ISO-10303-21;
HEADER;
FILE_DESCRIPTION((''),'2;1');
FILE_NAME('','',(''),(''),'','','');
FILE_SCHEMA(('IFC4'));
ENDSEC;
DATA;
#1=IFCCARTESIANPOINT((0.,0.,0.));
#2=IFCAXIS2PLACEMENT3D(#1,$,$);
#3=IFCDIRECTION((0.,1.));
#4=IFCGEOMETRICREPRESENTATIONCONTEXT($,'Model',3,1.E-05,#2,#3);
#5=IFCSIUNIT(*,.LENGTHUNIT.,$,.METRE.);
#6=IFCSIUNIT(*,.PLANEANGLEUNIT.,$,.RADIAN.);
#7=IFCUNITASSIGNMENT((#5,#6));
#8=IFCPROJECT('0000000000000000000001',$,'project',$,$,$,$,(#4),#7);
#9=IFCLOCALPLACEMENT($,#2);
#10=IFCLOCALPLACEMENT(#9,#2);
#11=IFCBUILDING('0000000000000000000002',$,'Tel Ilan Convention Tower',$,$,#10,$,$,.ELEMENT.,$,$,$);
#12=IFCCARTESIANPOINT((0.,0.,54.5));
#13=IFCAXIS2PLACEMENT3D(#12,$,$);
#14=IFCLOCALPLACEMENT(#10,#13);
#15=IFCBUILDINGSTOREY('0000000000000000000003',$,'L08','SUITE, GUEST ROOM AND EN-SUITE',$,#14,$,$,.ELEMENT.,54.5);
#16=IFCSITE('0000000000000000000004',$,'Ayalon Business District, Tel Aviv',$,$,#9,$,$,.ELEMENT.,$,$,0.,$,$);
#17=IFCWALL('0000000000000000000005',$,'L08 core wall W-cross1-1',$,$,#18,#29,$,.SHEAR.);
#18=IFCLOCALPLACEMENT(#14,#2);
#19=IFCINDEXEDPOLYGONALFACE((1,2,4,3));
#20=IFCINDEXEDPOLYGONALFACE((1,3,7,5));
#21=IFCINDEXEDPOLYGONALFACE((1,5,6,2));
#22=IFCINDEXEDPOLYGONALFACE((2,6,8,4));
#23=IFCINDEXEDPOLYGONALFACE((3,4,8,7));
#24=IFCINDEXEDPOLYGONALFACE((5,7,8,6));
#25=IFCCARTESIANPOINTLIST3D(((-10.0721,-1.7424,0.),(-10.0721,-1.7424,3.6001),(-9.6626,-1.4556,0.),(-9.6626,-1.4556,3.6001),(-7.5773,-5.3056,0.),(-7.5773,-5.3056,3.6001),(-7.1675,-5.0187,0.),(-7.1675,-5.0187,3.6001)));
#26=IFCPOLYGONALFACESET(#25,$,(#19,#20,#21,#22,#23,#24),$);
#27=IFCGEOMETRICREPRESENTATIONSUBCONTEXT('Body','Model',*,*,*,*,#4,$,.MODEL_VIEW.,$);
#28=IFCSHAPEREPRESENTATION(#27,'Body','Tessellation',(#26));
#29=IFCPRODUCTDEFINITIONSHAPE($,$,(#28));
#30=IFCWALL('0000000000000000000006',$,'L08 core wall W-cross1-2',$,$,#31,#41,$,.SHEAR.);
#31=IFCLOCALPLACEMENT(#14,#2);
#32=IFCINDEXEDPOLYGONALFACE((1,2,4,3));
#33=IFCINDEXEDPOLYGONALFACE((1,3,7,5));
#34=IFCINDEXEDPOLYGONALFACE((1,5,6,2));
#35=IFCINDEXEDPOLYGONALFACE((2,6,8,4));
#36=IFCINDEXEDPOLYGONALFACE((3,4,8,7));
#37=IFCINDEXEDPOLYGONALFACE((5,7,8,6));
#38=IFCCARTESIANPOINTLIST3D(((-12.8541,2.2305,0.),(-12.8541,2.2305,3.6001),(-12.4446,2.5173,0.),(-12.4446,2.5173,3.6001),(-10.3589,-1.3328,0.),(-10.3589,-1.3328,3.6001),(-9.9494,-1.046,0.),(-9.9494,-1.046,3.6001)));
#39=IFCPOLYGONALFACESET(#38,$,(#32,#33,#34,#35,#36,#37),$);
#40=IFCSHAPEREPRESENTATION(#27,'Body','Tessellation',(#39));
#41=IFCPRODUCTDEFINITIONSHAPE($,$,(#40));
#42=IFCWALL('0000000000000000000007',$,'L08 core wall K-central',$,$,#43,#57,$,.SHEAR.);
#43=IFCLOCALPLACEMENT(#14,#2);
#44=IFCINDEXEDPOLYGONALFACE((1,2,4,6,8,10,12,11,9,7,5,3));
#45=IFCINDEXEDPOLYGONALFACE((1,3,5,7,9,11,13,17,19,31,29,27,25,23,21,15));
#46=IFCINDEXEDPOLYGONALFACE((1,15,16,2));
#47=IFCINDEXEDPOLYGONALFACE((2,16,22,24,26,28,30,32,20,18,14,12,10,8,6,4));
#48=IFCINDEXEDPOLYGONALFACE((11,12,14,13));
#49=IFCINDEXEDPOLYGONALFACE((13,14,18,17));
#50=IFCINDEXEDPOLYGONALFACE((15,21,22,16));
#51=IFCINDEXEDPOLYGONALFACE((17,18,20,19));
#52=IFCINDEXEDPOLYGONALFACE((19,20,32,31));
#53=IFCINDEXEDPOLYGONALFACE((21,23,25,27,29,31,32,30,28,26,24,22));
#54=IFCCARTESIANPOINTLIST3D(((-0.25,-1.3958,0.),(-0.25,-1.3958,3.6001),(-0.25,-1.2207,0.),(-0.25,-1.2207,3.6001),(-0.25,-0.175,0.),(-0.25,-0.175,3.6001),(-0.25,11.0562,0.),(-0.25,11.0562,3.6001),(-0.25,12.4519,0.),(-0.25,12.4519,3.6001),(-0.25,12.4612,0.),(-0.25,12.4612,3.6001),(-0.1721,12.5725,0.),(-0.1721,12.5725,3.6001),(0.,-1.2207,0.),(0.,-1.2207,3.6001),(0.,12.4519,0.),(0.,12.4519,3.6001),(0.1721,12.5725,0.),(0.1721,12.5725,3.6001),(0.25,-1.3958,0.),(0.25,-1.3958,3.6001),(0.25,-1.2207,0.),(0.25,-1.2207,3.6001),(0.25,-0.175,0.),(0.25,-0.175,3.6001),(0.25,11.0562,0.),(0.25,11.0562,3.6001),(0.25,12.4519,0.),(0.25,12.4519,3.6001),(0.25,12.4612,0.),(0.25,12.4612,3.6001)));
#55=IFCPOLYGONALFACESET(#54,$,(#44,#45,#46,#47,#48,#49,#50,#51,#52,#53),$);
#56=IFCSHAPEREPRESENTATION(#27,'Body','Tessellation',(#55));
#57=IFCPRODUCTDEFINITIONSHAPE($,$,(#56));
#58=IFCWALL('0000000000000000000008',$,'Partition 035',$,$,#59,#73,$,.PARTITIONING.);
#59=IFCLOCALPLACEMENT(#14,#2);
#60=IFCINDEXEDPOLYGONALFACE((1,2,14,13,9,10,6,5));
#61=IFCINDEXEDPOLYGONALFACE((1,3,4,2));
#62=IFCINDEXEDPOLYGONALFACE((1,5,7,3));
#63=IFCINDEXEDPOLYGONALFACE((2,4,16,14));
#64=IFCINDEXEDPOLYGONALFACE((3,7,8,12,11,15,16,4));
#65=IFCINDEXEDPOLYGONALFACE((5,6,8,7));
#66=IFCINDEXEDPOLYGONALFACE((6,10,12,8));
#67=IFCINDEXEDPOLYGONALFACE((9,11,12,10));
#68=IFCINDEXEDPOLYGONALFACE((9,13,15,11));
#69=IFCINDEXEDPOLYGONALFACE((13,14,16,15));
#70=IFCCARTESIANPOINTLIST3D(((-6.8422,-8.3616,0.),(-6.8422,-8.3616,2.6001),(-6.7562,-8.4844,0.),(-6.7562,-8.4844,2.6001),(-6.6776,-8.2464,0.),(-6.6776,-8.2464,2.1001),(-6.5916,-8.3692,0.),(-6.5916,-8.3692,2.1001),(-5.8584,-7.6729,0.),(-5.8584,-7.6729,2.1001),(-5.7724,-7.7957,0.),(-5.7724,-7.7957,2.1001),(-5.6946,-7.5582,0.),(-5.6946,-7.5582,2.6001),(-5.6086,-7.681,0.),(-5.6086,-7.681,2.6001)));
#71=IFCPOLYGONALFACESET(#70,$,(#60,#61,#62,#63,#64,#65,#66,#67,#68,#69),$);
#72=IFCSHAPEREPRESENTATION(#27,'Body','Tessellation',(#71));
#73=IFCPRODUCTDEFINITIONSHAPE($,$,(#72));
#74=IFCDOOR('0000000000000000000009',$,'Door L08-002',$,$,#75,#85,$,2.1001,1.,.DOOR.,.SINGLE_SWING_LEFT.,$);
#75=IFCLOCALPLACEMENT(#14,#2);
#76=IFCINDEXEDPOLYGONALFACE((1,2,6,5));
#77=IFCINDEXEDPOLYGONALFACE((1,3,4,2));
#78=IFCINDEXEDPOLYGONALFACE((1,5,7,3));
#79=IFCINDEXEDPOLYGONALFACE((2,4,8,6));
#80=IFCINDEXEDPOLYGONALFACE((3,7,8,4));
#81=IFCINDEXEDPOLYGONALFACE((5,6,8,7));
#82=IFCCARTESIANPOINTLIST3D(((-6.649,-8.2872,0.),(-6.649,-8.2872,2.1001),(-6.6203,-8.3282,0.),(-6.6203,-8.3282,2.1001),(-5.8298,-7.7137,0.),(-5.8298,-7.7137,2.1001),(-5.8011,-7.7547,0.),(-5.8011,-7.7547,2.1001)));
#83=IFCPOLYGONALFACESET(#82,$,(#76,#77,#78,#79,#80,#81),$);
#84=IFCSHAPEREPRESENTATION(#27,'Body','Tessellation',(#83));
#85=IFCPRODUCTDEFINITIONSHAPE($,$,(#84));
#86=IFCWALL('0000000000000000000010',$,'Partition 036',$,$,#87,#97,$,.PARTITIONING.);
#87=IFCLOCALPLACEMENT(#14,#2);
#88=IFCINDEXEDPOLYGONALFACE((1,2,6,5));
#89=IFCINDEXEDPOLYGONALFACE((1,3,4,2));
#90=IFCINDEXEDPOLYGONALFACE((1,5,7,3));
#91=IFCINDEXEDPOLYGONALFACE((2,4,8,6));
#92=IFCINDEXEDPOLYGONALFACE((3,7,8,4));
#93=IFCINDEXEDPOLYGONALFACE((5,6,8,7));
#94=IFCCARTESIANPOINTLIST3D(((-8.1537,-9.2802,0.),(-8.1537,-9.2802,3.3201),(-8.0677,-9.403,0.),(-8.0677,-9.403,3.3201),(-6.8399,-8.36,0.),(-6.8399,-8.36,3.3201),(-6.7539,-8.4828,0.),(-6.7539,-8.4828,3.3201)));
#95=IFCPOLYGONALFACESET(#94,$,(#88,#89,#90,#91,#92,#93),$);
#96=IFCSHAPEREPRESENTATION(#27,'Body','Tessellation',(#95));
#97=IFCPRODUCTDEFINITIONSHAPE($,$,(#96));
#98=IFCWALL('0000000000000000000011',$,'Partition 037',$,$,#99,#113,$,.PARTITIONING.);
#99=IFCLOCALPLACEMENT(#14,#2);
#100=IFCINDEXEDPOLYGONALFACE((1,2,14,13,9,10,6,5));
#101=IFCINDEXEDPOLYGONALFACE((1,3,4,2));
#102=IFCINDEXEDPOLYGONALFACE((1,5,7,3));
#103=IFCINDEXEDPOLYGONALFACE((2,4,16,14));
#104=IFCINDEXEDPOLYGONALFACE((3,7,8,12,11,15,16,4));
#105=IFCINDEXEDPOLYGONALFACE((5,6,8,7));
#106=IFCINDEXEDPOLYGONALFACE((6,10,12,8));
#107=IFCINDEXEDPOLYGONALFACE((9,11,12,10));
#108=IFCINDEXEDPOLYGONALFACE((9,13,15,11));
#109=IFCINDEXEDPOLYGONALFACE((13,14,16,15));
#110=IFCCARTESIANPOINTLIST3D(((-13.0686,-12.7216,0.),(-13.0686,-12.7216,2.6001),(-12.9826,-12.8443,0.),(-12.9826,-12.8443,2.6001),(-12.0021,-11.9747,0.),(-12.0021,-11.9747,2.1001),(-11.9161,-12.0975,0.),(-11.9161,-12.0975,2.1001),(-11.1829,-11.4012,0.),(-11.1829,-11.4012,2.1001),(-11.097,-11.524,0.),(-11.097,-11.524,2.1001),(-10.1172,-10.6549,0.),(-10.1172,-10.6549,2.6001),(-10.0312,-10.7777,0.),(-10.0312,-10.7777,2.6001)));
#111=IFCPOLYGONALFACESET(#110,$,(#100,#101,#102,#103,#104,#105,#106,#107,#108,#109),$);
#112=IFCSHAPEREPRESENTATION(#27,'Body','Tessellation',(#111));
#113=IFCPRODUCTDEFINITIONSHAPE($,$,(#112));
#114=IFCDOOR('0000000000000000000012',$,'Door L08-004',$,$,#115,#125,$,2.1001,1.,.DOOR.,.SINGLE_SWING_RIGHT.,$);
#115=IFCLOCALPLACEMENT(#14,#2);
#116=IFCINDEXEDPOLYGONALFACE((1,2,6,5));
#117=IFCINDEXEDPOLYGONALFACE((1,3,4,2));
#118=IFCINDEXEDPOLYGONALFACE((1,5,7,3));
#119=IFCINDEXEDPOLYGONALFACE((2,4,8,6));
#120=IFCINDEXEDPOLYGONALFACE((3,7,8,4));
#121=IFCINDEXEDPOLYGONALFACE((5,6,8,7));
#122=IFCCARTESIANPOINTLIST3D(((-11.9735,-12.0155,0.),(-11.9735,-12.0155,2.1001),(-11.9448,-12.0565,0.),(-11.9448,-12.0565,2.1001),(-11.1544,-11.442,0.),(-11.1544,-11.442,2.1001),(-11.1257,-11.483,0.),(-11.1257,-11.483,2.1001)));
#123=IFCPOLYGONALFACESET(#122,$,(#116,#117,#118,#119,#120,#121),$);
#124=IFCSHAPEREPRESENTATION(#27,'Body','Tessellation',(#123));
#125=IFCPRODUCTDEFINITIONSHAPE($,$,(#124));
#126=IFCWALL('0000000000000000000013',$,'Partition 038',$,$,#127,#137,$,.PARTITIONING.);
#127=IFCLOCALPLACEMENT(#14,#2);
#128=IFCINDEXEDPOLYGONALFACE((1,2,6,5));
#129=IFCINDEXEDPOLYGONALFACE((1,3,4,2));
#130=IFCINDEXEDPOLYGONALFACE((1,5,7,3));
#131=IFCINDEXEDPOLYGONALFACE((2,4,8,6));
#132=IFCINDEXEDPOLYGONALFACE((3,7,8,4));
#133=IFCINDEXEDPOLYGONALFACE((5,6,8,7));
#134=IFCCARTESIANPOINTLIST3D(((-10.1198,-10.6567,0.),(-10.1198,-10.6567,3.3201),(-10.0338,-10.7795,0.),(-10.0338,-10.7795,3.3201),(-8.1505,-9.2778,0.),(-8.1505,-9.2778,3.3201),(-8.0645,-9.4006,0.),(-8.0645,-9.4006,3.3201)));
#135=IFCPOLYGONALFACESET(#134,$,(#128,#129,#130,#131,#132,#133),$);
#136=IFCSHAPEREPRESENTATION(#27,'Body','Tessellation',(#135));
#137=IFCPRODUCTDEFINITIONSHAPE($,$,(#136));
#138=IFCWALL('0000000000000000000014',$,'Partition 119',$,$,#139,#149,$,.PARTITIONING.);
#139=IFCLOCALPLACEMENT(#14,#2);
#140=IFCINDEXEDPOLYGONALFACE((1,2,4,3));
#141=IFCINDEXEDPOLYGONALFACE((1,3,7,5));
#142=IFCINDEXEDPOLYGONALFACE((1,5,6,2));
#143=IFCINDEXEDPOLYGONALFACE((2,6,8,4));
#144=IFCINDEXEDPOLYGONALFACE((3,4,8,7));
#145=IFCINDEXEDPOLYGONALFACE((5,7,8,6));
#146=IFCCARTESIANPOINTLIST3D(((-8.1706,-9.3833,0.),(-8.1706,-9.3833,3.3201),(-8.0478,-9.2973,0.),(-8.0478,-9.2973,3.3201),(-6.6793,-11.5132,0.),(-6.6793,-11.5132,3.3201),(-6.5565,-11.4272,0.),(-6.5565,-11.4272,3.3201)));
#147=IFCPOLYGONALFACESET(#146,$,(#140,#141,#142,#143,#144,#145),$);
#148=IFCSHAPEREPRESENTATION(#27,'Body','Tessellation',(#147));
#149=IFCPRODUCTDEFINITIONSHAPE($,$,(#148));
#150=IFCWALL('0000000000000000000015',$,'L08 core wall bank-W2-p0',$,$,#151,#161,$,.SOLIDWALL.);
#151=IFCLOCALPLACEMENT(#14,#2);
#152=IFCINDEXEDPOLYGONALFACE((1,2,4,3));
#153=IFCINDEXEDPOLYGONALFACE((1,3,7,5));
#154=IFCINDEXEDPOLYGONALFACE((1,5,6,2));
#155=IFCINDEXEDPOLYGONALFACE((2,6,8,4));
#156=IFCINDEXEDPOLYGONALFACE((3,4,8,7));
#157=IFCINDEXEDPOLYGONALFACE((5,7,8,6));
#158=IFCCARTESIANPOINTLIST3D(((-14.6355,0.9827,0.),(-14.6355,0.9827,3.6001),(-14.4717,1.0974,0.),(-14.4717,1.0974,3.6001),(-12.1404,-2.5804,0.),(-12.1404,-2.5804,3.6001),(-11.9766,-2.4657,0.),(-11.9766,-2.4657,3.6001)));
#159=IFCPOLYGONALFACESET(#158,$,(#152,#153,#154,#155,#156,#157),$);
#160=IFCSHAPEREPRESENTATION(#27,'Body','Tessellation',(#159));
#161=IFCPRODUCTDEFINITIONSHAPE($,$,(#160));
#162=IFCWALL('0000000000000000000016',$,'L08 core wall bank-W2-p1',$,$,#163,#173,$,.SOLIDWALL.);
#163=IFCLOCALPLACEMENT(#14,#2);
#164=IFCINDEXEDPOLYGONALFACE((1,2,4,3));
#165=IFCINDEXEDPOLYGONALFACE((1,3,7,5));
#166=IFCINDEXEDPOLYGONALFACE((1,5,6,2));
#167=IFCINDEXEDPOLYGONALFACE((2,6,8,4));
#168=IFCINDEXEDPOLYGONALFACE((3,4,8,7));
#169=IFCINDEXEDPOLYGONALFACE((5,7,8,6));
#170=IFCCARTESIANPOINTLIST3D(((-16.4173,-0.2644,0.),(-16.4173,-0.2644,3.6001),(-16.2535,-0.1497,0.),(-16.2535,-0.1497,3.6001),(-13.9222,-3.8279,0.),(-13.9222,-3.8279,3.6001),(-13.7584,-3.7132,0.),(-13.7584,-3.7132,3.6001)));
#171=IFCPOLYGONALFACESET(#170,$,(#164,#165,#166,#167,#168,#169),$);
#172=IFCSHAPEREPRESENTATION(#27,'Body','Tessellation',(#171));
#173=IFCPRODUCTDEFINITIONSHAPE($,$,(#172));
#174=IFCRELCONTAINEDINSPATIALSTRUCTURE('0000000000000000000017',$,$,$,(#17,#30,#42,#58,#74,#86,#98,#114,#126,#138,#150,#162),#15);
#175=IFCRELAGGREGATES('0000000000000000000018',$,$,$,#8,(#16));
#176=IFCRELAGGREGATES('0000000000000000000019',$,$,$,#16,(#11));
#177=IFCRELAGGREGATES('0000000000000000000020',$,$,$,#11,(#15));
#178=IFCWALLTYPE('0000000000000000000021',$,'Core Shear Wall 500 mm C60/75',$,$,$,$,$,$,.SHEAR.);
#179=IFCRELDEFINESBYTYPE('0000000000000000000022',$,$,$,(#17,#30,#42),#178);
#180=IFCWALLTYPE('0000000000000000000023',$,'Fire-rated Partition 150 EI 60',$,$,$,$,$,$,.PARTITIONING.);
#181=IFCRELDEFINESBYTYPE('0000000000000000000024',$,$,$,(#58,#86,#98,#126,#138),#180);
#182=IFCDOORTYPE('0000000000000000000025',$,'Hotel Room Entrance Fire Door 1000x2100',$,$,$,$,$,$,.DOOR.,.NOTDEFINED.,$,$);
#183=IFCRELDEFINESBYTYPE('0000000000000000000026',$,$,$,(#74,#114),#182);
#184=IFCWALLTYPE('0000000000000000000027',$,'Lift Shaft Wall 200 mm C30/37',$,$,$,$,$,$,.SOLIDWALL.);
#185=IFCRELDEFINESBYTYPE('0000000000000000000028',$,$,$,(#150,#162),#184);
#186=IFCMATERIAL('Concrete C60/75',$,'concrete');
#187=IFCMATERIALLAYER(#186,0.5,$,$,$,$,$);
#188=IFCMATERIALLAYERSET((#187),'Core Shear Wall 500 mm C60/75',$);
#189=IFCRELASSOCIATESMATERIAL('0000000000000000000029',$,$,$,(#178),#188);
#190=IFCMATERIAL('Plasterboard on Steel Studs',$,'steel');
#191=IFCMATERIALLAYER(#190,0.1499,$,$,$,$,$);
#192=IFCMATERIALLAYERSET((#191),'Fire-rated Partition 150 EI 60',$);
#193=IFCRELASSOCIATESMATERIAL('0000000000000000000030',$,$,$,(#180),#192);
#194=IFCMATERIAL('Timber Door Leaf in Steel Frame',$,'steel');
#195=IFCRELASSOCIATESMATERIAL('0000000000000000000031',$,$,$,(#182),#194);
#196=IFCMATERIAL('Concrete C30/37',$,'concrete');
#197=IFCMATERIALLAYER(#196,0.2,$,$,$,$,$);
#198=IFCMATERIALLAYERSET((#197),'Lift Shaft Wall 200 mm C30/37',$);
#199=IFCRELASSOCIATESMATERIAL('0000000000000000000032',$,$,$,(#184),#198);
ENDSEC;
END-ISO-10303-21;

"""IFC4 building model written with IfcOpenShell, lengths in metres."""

from ifc_helpers import new_model, si_unit, direction, frame, frame_2d, origin, place, context, subcontext, project, spatial, polyline, rectangle, outline, extrude, material, layer, layer_set, type_object, element, fill, save


model = new_model("IFC4")

# Units and contexts
model_context = context("Model", 3, precision=1e-05, world=origin(), true_north=direction((0.0, 1.0)))
body_context = subcontext(model_context, "Body", "Model", "MODEL_VIEW")
ifc_project = project(units=[si_unit("LENGTHUNIT", "METRE"), si_unit("PLANEANGLEUNIT", "RADIAN")], contexts=[model_context])

# Site, building, storey
site_placement = place(None, origin())
site = spatial("IfcSite", under=ifc_project, at=site_placement, Name="Ayalon Business District, Tel Aviv", CompositionType="ELEMENT", RefElevation=0.0)
building_placement = place(site_placement, origin())
building = spatial("IfcBuilding", under=site, at=building_placement, Name="Tel Ilan Convention Tower", CompositionType="ELEMENT")
storey_placement = place(building_placement, frame((0.0, 0.0, 54.5)))
storey = spatial("IfcBuildingStorey", under=building, at=storey_placement, Name="L08", Description="SUITE, GUEST ROOM AND EN-SUITE", CompositionType="ELEMENT", Elevation=54.5)

# Walls
ifc_material_1 = material(Name="Concrete C60/75", Category="concrete")
ifc_layer_1 = layer(ifc_material_1, 0.5)
ifc_layer_set_1 = layer_set([ifc_layer_1], Name="Core Shear Wall 500 mm C60/75")
wall_type_1 = type_object("IfcWallType", Name="Core Shear Wall 500 mm C60/75", PredefinedType="SHEAR", material=ifc_layer_set_1)
wall_1_placement = place(storey_placement, frame((-7.3723, -5.1621, 0.0), z_axis=(0.0, 0.0, 1.0), x_axis=(-0.573594, 0.81914, 0.0)))
element("IfcWall", 1, at=wall_1_placement, inside=storey, type_object=wall_type_1, Name="L08 core wall W-cross1-1", PredefinedType="SHEAR", context=body_context, shape_type="SweptSolid", body=[
    extrude(outline(polyline([(4.3499, 0.25), (0.0, 0.2502), (0.0, -0.25), (4.3499, -0.25), (4.3499, 0.25)])), origin(), (0.0, 0.0, 1.0), 3.6001),
])
wall_2_placement = place(storey_placement, frame((-10.1543, -1.1892, 0.0), z_axis=(0.0, 0.0, 1.0), x_axis=(-0.573594, 0.81914, 0.0)))
element("IfcWall", 2, at=wall_2_placement, inside=storey, type_object=wall_type_1, Name="L08 core wall W-cross1-2", PredefinedType="SHEAR", context=body_context, shape_type="SweptSolid", body=[
    extrude(outline(polyline([(4.3499, -0.25), (4.3499, 0.25), (-0.0002, 0.25), (-0.0002, -0.25), (4.3499, -0.25)])), origin(), (0.0, 0.0, 1.0), 3.6001),
])
wall_3_placement = place(storey_placement, frame((0.0, -1.3958, 0.0), z_axis=(0.0, 0.0, 1.0), x_axis=(0.0, 1.0, 0.0)))
element("IfcWall", 3, at=wall_3_placement, inside=storey, type_object=wall_type_1, Name="L08 core wall K-central", PredefinedType="SHEAR", context=body_context, shape_type="SweptSolid", body=[
    extrude(outline(polyline([(0.0, -0.25), (0.175, -0.25), (1.2207, -0.25), (12.4519, -0.25), (13.8477, -0.25), (13.8569, -0.25), (13.9683, -0.1721), (13.8477, 0.0), (13.9683, 0.1721), (13.8569, 0.25), (13.8477, 0.25), (12.4519, 0.25), (1.2207, 0.25), (0.175, 0.25), (0.0, 0.25), (0.175, 0.0), (0.0, -0.25)])), origin(), (0.0, 0.0, 1.0), 3.6001),
])

# Wall, opening, door
ifc_material_2 = material(Name="Plasterboard on Steel Studs", Category="steel")
ifc_layer_2 = layer(ifc_material_2, 0.1499)
ifc_layer_set_2 = layer_set([ifc_layer_2], Name="Fire-rated Partition 150 EI 60")
wall_type_2 = type_object("IfcWallType", Name="Fire-rated Partition 150 EI 60", PredefinedType="PARTITIONING", material=ifc_layer_set_2)
wall_4_placement = place(storey_placement, frame((-5.6516, -7.6196, 0.0), z_axis=(0.0, 0.0, 1.0), x_axis=(-0.819207, -0.573497, 0.0)))
wall_4 = element("IfcWall", 4, at=wall_4_placement, inside=storey, type_object=wall_type_2, Name="Partition 035", PredefinedType="PARTITIONING", context=body_context, shape_type="SweptSolid", body=[
    extrude(rectangle(XDim=1.4009, YDim=0.1499, at=frame_2d((0.7004, 0.0))), origin(), (0.0, 0.0, 1.0), 2.6001),
])
opening_1_placement = place(wall_4_placement, frame((0.2, 0.0, 0.0)))
opening_1 = element("IfcOpeningElement", 5, at=opening_1_placement, cuts=wall_4, PredefinedType="OPENING", context=body_context, shape_type="SweptSolid", body=[
    extrude(rectangle(XDim=1.0, YDim=2.1001, at=frame_2d((0.5, 1.05))), frame((0.0, 0.085, 0.0), z_axis=(0.0, -1.0, 0.0), x_axis=(1.0, 0.0, 0.0)), (0.0, 0.0, 1.0), 0.1699),
])
ifc_material_3 = material(Name="Timber Door Leaf in Steel Frame", Category="steel")
door_type_1 = type_object("IfcDoorType", Name="Hotel Room Entrance Fire Door 1000x2100", OperationType="NOTDEFINED", PredefinedType="DOOR", material=ifc_material_3)
door_1_placement = place(opening_1_placement, origin())
door_1 = element("IfcDoor", 6, at=door_1_placement, inside=storey, type_object=door_type_1, Name="Door L08-002", OperationType="SINGLE_SWING_LEFT", OverallHeight=2.1001, OverallWidth=1.0, PredefinedType="DOOR", context=body_context, shape_type="SweptSolid", body=[
    extrude(rectangle(XDim=1.0, YDim=2.1001, at=frame_2d((0.5, 1.05))), frame((0.0, 0.0249, 0.0), z_axis=(0.0, -1.0, 0.0), x_axis=(1.0, 0.0, 0.0)), (0.0, 0.0, 1.0), 0.05),
])
fill(opening_1, door_1)

# Wall
wall_5_placement = place(storey_placement, frame((-6.7969, -8.4214, 0.0), z_axis=(0.0, 0.0, 1.0), x_axis=(-0.819067, -0.573697, 0.0)))
element("IfcWall", 7, at=wall_5_placement, inside=storey, type_object=wall_type_2, Name="Partition 036", PredefinedType="PARTITIONING", context=body_context, shape_type="SweptSolid", body=[
    extrude(rectangle(XDim=1.604, YDim=0.1499, at=frame_2d((0.802, 0.0))), origin(), (0.0, 0.0, 1.0), 3.3201),
])

# Wall, opening, door
wall_6_placement = place(storey_placement, frame((-10.0742, -10.7163, 0.0), z_axis=(0.0, 0.0, 1.0), x_axis=(-0.819146, -0.573585, 0.0)))
wall_6 = element("IfcWall", 8, at=wall_6_placement, inside=storey, type_object=wall_type_2, Name="Partition 037", PredefinedType="PARTITIONING", context=body_context, shape_type="SweptSolid", body=[
    extrude(rectangle(XDim=3.603, YDim=0.1499, at=frame_2d((1.8015, 0.0))), origin(), (0.0, 0.0, 1.0), 2.6001),
])
opening_2_placement = place(wall_6_placement, frame((1.301, 0.0, 0.0)))
opening_2 = element("IfcOpeningElement", 9, at=opening_2_placement, cuts=wall_6, PredefinedType="OPENING", context=body_context, shape_type="SweptSolid", body=[
    extrude(rectangle(XDim=1.0, YDim=2.1001, at=frame_2d((0.5, 1.05))), frame((0.0, 0.085, 0.0), z_axis=(0.0, -1.0, 0.0), x_axis=(1.0, 0.0, 0.0)), (0.0, 0.0, 1.0), 0.1699),
])
door_2_placement = place(opening_2_placement, origin())
door_2 = element("IfcDoor", 10, at=door_2_placement, inside=storey, type_object=door_type_1, Name="Door L08-004", OperationType="SINGLE_SWING_RIGHT", OverallHeight=2.1001, OverallWidth=1.0, PredefinedType="DOOR", context=body_context, shape_type="SweptSolid", body=[
    extrude(rectangle(XDim=1.0, YDim=2.1001, at=frame_2d((0.5, 1.05))), frame((0.0, 0.0249, 0.0), z_axis=(0.0, -1.0, 0.0), x_axis=(1.0, 0.0, 0.0)), (0.0, 0.0, 1.0), 0.05),
])
fill(opening_2, door_2)

# Walls
wall_7_placement = place(storey_placement, frame((-8.1074, -9.3391, 0.0), z_axis=(0.0, 0.0, 1.0), x_axis=(-0.819146, -0.573585, 0.0)))
element("IfcWall", 11, at=wall_7_placement, inside=storey, type_object=wall_type_2, Name="Partition 038", PredefinedType="PARTITIONING", context=body_context, shape_type="SweptSolid", body=[
    extrude(rectangle(XDim=2.4041, YDim=0.1499, at=frame_2d((1.2021, 0.0))), origin(), (0.0, 0.0, 1.0), 3.3201),
])
wall_8_placement = place(storey_placement, frame((-6.6179, -11.4702, 0.0), z_axis=(0.0, 0.0, 1.0), x_axis=(-0.573538, 0.819179, 0.0)))
element("IfcWall", 12, at=wall_8_placement, inside=storey, type_object=wall_type_2, Name="Partition 119", PredefinedType="PARTITIONING", context=body_context, shape_type="SweptSolid", body=[
    extrude(rectangle(XDim=2.6001, YDim=0.1499, at=frame_2d((1.3, 0.0))), origin(), (0.0, 0.0, 1.0), 3.3201),
])
ifc_material_4 = material(Name="Concrete C30/37", Category="concrete")
ifc_layer_3 = layer(ifc_material_4, 0.2)
ifc_layer_set_3 = layer_set([ifc_layer_3], Name="Lift Shaft Wall 200 mm C30/37")
wall_type_3 = type_object("IfcWallType", Name="Lift Shaft Wall 200 mm C30/37", PredefinedType="SOLIDWALL", material=ifc_layer_set_3)
wall_9_placement = place(storey_placement, frame((-12.0586, -2.5229, 0.0), z_axis=(0.0, 0.0, 1.0), x_axis=(-0.573594, 0.81914, 0.0)))
element("IfcWall", 13, at=wall_9_placement, inside=storey, type_object=wall_type_3, Name="L08 core wall bank-W2-p0", PredefinedType="SOLIDWALL", context=body_context, shape_type="SweptSolid", body=[
    extrude(rectangle(XDim=4.3499, YDim=0.2, at=frame_2d((2.1748, 0.0))), origin(), (0.0, 0.0, 1.0), 3.6001),
])
wall_10_placement = place(storey_placement, frame((-13.8403, -3.7705, 0.0), z_axis=(0.0, 0.0, 1.0), x_axis=(-0.573568, 0.819158, 0.0)))
element("IfcWall", 14, at=wall_10_placement, inside=storey, type_object=wall_type_3, Name="L08 core wall bank-W2-p1", PredefinedType="SOLIDWALL", context=body_context, shape_type="SweptSolid", body=[
    extrude(rectangle(XDim=4.3501, YDim=0.2, at=frame_2d((2.175, 0.0))), origin(), (0.0, 0.0, 1.0), 3.6001),
])

save(model, "model.ifc")
